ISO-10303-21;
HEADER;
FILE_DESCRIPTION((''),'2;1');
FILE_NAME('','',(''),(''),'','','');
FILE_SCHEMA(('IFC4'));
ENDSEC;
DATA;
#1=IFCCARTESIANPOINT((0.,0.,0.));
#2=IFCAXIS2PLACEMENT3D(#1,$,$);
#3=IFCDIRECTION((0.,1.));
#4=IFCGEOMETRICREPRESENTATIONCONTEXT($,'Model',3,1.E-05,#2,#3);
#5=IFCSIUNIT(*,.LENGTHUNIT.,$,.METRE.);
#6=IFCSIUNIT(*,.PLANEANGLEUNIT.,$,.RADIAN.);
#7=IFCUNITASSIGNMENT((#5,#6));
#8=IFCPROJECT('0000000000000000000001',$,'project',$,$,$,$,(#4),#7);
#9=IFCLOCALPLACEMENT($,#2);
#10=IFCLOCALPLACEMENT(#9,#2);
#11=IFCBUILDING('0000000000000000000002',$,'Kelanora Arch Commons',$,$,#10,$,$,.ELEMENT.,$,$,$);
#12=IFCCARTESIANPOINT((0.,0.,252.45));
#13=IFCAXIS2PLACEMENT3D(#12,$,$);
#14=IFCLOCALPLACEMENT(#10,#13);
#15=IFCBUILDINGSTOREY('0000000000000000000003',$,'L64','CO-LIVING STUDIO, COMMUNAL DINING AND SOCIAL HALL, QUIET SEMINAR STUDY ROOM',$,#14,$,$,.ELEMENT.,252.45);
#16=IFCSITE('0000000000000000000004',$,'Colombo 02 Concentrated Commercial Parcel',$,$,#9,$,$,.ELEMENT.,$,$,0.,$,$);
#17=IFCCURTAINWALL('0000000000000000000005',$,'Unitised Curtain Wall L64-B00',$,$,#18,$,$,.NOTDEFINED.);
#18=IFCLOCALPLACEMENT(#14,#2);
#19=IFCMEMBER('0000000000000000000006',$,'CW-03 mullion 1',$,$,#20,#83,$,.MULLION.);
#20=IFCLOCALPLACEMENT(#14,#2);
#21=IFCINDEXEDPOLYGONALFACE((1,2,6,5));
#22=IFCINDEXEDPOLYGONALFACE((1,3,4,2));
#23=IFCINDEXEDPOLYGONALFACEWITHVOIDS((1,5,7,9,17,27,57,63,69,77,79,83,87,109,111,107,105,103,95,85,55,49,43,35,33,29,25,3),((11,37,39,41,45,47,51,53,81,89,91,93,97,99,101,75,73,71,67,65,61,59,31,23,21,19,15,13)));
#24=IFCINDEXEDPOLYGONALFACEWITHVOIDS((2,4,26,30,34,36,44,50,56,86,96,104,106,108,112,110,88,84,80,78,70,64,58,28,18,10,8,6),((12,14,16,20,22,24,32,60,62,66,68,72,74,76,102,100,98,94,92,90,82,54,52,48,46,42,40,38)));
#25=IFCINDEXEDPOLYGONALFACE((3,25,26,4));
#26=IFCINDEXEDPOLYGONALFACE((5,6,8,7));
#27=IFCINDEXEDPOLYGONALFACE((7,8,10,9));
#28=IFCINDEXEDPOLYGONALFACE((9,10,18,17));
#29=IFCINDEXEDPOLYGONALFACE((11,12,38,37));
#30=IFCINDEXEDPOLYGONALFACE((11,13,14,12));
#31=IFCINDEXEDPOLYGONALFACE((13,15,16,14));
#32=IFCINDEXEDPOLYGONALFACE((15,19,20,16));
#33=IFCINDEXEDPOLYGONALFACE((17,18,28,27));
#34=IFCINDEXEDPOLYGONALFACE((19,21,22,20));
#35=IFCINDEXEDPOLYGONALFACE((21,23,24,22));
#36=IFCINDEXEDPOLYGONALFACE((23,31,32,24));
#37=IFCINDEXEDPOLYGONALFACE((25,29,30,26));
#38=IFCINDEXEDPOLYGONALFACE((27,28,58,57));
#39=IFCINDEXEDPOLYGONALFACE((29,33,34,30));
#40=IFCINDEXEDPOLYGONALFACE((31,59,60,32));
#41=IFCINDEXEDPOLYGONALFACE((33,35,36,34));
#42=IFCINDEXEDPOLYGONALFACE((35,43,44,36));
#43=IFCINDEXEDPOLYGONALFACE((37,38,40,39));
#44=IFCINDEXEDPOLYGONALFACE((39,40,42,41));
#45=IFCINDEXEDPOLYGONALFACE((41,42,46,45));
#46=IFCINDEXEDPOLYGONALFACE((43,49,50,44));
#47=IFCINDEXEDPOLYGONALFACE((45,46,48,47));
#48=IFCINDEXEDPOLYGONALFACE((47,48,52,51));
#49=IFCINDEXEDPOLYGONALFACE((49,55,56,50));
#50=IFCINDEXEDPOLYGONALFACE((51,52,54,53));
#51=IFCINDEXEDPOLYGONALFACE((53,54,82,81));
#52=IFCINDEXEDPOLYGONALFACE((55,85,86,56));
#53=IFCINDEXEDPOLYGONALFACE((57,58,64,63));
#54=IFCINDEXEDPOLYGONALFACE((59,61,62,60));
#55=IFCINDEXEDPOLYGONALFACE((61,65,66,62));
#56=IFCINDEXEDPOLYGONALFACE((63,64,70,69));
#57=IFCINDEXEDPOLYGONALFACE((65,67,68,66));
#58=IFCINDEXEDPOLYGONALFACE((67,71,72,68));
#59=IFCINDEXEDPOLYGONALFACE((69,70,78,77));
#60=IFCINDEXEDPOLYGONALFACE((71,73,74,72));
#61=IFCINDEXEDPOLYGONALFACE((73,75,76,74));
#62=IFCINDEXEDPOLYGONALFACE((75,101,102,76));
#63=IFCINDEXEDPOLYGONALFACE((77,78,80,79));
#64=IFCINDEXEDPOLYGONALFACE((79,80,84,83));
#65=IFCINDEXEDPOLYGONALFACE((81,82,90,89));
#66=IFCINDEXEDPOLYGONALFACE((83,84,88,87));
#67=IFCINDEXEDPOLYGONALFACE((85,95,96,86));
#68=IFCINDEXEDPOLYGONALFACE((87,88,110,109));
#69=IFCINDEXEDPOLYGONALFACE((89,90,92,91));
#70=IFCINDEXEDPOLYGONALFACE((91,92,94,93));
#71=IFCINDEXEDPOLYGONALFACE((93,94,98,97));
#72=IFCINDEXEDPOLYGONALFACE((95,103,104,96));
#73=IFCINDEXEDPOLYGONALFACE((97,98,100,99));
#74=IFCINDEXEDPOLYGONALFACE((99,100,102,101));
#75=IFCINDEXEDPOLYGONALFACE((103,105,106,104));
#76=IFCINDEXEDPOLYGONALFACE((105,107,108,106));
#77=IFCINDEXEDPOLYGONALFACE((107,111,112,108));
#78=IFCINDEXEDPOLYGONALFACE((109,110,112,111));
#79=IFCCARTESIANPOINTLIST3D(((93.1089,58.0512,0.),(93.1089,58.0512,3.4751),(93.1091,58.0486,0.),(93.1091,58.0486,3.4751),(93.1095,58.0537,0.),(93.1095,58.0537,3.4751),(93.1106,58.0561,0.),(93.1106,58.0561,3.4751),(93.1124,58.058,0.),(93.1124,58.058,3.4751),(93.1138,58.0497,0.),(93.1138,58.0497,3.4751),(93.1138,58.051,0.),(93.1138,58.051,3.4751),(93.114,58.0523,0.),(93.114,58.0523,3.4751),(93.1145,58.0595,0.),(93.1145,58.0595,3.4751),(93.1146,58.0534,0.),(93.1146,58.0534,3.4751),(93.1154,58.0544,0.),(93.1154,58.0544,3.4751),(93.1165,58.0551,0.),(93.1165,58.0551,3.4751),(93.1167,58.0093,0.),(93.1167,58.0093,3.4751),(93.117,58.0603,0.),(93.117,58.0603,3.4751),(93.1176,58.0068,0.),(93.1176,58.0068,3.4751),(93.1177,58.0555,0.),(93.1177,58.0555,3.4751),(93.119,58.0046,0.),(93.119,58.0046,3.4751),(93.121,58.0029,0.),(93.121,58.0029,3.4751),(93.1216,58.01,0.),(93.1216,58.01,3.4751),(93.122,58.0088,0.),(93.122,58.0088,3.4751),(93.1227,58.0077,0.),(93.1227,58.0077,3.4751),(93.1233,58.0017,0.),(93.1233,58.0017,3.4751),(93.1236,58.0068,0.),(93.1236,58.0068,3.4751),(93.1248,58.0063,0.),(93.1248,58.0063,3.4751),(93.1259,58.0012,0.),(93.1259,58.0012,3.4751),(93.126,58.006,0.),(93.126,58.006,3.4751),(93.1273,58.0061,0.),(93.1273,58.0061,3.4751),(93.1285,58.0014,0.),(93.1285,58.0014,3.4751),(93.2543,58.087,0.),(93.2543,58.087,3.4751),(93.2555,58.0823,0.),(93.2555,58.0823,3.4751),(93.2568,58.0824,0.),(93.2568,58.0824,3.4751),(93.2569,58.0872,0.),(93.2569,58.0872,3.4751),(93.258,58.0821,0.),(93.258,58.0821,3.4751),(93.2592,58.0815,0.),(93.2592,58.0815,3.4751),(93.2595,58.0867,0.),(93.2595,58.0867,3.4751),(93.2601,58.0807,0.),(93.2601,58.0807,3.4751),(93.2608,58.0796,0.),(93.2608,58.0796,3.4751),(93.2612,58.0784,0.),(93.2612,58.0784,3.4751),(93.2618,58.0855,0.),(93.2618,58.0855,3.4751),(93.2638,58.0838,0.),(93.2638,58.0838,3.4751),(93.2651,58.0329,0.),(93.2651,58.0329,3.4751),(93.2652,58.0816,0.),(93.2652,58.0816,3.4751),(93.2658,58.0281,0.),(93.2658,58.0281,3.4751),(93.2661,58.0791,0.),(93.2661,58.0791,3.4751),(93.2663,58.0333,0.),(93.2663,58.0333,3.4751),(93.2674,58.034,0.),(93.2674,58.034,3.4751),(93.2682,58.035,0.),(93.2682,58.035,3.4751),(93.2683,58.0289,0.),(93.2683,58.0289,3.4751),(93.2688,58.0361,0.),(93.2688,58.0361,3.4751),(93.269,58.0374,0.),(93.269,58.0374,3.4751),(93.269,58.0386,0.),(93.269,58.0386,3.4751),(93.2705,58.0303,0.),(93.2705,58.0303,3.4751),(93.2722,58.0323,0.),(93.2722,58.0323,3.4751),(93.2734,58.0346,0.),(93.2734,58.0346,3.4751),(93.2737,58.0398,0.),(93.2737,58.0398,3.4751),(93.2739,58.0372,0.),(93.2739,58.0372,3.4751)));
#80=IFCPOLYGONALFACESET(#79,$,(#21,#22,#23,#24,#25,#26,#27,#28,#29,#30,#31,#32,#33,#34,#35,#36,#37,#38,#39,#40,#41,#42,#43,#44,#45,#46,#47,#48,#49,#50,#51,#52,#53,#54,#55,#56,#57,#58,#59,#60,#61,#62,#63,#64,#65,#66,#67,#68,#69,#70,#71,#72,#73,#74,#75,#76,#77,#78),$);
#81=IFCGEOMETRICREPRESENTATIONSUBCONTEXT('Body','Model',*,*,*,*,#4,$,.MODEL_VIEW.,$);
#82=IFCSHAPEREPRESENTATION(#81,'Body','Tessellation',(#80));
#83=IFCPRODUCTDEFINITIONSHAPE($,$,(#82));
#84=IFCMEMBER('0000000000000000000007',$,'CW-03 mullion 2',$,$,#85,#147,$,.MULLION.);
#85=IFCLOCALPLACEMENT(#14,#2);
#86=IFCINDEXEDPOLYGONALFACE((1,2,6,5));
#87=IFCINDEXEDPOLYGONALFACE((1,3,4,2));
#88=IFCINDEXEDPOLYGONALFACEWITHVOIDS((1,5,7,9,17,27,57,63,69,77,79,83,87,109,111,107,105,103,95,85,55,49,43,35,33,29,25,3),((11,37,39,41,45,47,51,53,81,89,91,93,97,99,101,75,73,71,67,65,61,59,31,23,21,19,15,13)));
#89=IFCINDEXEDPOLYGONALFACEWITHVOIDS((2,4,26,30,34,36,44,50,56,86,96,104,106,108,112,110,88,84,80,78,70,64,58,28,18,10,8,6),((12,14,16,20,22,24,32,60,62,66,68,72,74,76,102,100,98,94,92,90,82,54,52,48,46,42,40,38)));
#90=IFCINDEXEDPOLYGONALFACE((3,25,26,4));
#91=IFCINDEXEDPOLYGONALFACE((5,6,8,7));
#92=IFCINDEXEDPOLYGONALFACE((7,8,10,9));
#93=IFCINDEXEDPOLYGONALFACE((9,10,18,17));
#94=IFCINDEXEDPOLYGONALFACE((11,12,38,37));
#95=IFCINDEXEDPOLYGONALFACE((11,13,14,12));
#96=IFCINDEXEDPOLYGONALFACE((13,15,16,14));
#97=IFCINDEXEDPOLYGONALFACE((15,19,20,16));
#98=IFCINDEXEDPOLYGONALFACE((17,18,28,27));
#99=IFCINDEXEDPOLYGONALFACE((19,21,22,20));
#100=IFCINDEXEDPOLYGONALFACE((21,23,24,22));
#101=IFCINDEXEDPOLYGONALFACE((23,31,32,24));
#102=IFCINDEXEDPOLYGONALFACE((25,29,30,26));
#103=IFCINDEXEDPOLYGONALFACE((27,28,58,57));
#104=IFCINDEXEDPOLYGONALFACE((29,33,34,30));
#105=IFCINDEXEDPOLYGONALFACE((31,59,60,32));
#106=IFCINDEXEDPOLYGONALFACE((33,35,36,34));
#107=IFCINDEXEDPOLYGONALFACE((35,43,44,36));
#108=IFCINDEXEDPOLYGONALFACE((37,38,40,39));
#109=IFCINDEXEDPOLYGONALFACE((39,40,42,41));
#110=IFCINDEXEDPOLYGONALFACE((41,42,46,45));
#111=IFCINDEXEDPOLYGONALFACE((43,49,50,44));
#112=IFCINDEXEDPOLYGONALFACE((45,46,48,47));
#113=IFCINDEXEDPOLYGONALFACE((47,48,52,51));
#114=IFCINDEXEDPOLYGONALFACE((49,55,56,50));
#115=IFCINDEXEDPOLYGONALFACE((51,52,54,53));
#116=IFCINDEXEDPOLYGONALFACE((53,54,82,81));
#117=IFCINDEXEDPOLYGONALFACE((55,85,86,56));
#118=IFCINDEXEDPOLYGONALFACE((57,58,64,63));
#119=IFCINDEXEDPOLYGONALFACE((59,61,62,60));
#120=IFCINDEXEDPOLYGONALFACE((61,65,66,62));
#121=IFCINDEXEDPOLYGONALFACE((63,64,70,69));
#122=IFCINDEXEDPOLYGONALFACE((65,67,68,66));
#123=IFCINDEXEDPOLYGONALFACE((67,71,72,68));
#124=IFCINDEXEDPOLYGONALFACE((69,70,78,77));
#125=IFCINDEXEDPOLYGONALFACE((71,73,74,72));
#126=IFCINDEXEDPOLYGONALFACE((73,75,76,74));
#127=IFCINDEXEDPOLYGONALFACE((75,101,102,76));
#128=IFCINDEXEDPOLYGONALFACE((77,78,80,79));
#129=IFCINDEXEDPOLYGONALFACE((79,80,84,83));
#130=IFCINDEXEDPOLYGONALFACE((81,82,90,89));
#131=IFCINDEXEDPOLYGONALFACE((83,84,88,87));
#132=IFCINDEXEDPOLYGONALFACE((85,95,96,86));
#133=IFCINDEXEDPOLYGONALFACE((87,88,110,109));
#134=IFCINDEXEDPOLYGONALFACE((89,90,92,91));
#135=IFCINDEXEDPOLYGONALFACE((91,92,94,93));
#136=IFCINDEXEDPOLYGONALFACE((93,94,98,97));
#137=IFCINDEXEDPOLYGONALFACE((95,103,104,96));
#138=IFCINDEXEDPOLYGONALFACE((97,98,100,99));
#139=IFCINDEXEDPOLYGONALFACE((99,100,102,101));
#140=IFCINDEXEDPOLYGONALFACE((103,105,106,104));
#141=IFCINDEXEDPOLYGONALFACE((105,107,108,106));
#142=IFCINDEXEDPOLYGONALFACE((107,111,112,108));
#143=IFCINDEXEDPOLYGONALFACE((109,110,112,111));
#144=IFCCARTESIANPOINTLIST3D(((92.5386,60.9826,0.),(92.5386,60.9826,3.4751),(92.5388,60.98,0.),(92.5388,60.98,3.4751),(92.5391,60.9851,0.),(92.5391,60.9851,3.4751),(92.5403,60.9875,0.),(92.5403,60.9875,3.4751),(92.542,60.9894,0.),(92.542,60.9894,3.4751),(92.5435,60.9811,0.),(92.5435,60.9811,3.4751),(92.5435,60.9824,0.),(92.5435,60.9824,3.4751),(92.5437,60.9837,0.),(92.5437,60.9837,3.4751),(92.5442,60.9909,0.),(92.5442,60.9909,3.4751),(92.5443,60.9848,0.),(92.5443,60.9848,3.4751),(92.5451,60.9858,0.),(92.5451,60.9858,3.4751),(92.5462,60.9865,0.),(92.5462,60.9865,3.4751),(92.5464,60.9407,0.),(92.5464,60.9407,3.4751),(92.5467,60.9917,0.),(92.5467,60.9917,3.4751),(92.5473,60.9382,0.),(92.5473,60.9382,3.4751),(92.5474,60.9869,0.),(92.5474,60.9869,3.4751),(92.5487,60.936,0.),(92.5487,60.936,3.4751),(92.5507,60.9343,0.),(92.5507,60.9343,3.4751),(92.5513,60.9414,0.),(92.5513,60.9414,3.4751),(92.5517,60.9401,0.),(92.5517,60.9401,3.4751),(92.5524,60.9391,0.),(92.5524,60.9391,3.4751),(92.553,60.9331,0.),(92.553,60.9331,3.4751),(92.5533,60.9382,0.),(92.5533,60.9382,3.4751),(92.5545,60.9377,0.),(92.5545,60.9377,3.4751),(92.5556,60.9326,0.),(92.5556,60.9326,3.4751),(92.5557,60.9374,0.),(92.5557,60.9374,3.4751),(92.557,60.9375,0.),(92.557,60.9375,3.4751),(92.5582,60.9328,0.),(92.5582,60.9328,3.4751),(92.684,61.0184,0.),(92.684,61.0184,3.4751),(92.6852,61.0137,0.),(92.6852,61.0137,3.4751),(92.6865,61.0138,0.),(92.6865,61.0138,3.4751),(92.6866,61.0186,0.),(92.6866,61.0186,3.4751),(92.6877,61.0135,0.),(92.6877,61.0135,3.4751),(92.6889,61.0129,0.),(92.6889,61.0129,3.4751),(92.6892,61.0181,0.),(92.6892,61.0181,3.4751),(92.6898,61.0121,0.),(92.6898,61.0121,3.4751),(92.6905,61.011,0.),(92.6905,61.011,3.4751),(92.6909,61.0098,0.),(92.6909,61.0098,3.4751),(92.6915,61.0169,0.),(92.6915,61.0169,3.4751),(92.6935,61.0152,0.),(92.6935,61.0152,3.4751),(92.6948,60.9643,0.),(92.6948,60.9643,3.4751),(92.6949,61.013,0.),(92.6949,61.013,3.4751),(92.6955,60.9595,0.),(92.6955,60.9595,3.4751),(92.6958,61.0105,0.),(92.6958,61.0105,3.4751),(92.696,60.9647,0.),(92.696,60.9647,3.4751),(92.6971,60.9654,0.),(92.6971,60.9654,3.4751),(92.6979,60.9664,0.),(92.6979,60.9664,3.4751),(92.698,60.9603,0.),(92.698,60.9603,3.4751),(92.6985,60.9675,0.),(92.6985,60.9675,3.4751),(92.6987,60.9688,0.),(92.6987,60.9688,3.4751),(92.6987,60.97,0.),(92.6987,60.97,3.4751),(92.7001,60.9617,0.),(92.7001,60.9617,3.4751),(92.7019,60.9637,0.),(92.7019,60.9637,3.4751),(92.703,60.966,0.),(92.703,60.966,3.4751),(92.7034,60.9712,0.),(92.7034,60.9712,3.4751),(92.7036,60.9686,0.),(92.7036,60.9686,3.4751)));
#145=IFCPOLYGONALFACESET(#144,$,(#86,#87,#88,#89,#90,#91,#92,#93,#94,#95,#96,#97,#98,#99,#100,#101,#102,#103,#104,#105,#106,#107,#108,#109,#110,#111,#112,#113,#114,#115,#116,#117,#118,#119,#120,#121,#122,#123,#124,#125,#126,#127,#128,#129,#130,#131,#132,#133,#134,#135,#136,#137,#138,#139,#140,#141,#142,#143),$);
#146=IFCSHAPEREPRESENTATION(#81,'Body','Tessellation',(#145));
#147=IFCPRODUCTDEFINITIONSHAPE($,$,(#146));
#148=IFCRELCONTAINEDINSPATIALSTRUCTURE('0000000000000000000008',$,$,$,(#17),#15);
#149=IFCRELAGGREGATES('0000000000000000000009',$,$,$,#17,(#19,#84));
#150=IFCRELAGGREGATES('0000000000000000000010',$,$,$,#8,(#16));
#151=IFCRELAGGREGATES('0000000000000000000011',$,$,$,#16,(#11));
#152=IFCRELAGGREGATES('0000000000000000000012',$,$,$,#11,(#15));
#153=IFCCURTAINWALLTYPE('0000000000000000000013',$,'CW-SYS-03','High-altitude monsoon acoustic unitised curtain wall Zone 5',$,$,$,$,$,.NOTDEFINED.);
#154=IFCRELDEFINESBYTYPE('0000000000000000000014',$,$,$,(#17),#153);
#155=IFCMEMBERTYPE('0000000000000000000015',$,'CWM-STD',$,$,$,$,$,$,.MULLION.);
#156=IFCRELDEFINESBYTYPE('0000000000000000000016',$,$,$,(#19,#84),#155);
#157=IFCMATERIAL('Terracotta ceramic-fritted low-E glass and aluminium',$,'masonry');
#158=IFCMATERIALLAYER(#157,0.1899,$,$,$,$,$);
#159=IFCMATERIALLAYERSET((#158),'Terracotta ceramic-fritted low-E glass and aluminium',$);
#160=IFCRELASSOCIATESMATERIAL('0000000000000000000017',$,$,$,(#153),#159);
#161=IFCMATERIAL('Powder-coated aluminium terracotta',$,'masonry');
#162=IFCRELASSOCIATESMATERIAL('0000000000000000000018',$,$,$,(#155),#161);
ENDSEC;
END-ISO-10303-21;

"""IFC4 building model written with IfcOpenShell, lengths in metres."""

from ifc_helpers import new_model, si_unit, direction, frame, origin, origin_2d, place, context, subcontext, project, spatial, hollow_rectangle, extrude, material, layer, layer_set, material_profile, profile_set, type_object, element, aggregate, save


model = new_model("IFC4")

# Units and contexts
model_context = context("Model", 3, precision=1e-05, world=origin(), true_north=direction((0.0, 1.0)))
body_context = subcontext(model_context, "Body", "Model", "MODEL_VIEW")
ifc_project = project(units=[si_unit("LENGTHUNIT", "METRE"), si_unit("PLANEANGLEUNIT", "RADIAN")], contexts=[model_context])

# Site, building, storey
site_placement = place(None, origin())
site = spatial("IfcSite", under=ifc_project, at=site_placement, Name="Colombo 02 Concentrated Commercial Parcel", CompositionType="ELEMENT", RefElevation=0.0)
building_placement = place(site_placement, origin())
building = spatial("IfcBuilding", under=site, at=building_placement, Name="Kelanora Arch Commons", CompositionType="ELEMENT")
storey_placement = place(building_placement, frame((0.0, 0.0, 252.45)))
storey = spatial("IfcBuildingStorey", under=building, at=storey_placement, Name="L64", Description="CO-LIVING STUDIO, COMMUNAL DINING AND SOCIAL HALL, QUIET SEMINAR STUDY ROOM", CompositionType="ELEMENT", Elevation=252.45)

# Curtain wall, members
ifc_material_1 = material(Name="Terracotta ceramic-fritted low-E glass and aluminium", Category="masonry")
ifc_layer_1 = layer(ifc_material_1, 0.1899)
ifc_layer_set_1 = layer_set([ifc_layer_1], Name="Terracotta ceramic-fritted low-E glass and aluminium")
curtain_wall_type = type_object("IfcCurtainWallType", Name="CW-SYS-03", Description="High-altitude monsoon acoustic unitised curtain wall Zone 5", PredefinedType="NOTDEFINED", material=ifc_layer_set_1)
curtain_wall_placement = place(storey_placement, origin())
curtain_wall = element("IfcCurtainWall", 1, at=curtain_wall_placement, inside=storey, type_object=curtain_wall_type, Name="Unitised Curtain Wall L64-B00", PredefinedType="NOTDEFINED")
ifc_material_2 = material(Name="Powder-coated aluminium terracotta", Category="masonry")
ifc_material_profile_1 = material_profile(ifc_material_2, hollow_rectangle(XDim=0.1599, YDim=0.0601, WallThickness=0.0049, InnerFilletRadius=0.0049, OuterFilletRadius=0.01, at=origin_2d()), Name="CWM160x60")
ifc_profile_set_1 = profile_set([ifc_material_profile_1], Name="Powder-coated aluminium terracotta")
member_type_1 = type_object("IfcMemberType", Name="CWM-STD", PredefinedType="MULLION", material=ifc_profile_set_1)
member_1_placement = place(storey_placement, frame((93.1914, 58.0442, 0.0), z_axis=(0.0, 0.0, 1.0), x_axis=(-0.981596, -0.190972, 0.0)))
member_1 = element("IfcMember", 2, at=member_1_placement, type_object=member_type_1, Name="CW-03 mullion 1", PredefinedType="MULLION", context=body_context, shape_type="SweptSolid", body=[
    extrude(hollow_rectangle(XDim=0.1599, YDim=0.0601, WallThickness=0.0049, InnerFilletRadius=0.0049, OuterFilletRadius=0.01, at=origin_2d()), origin(), (0.0, 0.0, 1.0), 3.4751),
])
member_2_placement = place(storey_placement, frame((92.6211, 60.9756, 0.0), z_axis=(0.0, 0.0, 1.0), x_axis=(-0.981596, -0.190972, 0.0)))
member_2 = element("IfcMember", 3, at=member_2_placement, type_object=member_type_1, Name="CW-03 mullion 2", PredefinedType="MULLION", context=body_context, shape_type="SweptSolid", body=[
    extrude(hollow_rectangle(XDim=0.1599, YDim=0.0601, WallThickness=0.0049, InnerFilletRadius=0.0049, OuterFilletRadius=0.01, at=origin_2d()), origin(), (0.0, 0.0, 1.0), 3.4751),
])
aggregate(curtain_wall, [member_1, member_2])

save(model, "model.ifc")
